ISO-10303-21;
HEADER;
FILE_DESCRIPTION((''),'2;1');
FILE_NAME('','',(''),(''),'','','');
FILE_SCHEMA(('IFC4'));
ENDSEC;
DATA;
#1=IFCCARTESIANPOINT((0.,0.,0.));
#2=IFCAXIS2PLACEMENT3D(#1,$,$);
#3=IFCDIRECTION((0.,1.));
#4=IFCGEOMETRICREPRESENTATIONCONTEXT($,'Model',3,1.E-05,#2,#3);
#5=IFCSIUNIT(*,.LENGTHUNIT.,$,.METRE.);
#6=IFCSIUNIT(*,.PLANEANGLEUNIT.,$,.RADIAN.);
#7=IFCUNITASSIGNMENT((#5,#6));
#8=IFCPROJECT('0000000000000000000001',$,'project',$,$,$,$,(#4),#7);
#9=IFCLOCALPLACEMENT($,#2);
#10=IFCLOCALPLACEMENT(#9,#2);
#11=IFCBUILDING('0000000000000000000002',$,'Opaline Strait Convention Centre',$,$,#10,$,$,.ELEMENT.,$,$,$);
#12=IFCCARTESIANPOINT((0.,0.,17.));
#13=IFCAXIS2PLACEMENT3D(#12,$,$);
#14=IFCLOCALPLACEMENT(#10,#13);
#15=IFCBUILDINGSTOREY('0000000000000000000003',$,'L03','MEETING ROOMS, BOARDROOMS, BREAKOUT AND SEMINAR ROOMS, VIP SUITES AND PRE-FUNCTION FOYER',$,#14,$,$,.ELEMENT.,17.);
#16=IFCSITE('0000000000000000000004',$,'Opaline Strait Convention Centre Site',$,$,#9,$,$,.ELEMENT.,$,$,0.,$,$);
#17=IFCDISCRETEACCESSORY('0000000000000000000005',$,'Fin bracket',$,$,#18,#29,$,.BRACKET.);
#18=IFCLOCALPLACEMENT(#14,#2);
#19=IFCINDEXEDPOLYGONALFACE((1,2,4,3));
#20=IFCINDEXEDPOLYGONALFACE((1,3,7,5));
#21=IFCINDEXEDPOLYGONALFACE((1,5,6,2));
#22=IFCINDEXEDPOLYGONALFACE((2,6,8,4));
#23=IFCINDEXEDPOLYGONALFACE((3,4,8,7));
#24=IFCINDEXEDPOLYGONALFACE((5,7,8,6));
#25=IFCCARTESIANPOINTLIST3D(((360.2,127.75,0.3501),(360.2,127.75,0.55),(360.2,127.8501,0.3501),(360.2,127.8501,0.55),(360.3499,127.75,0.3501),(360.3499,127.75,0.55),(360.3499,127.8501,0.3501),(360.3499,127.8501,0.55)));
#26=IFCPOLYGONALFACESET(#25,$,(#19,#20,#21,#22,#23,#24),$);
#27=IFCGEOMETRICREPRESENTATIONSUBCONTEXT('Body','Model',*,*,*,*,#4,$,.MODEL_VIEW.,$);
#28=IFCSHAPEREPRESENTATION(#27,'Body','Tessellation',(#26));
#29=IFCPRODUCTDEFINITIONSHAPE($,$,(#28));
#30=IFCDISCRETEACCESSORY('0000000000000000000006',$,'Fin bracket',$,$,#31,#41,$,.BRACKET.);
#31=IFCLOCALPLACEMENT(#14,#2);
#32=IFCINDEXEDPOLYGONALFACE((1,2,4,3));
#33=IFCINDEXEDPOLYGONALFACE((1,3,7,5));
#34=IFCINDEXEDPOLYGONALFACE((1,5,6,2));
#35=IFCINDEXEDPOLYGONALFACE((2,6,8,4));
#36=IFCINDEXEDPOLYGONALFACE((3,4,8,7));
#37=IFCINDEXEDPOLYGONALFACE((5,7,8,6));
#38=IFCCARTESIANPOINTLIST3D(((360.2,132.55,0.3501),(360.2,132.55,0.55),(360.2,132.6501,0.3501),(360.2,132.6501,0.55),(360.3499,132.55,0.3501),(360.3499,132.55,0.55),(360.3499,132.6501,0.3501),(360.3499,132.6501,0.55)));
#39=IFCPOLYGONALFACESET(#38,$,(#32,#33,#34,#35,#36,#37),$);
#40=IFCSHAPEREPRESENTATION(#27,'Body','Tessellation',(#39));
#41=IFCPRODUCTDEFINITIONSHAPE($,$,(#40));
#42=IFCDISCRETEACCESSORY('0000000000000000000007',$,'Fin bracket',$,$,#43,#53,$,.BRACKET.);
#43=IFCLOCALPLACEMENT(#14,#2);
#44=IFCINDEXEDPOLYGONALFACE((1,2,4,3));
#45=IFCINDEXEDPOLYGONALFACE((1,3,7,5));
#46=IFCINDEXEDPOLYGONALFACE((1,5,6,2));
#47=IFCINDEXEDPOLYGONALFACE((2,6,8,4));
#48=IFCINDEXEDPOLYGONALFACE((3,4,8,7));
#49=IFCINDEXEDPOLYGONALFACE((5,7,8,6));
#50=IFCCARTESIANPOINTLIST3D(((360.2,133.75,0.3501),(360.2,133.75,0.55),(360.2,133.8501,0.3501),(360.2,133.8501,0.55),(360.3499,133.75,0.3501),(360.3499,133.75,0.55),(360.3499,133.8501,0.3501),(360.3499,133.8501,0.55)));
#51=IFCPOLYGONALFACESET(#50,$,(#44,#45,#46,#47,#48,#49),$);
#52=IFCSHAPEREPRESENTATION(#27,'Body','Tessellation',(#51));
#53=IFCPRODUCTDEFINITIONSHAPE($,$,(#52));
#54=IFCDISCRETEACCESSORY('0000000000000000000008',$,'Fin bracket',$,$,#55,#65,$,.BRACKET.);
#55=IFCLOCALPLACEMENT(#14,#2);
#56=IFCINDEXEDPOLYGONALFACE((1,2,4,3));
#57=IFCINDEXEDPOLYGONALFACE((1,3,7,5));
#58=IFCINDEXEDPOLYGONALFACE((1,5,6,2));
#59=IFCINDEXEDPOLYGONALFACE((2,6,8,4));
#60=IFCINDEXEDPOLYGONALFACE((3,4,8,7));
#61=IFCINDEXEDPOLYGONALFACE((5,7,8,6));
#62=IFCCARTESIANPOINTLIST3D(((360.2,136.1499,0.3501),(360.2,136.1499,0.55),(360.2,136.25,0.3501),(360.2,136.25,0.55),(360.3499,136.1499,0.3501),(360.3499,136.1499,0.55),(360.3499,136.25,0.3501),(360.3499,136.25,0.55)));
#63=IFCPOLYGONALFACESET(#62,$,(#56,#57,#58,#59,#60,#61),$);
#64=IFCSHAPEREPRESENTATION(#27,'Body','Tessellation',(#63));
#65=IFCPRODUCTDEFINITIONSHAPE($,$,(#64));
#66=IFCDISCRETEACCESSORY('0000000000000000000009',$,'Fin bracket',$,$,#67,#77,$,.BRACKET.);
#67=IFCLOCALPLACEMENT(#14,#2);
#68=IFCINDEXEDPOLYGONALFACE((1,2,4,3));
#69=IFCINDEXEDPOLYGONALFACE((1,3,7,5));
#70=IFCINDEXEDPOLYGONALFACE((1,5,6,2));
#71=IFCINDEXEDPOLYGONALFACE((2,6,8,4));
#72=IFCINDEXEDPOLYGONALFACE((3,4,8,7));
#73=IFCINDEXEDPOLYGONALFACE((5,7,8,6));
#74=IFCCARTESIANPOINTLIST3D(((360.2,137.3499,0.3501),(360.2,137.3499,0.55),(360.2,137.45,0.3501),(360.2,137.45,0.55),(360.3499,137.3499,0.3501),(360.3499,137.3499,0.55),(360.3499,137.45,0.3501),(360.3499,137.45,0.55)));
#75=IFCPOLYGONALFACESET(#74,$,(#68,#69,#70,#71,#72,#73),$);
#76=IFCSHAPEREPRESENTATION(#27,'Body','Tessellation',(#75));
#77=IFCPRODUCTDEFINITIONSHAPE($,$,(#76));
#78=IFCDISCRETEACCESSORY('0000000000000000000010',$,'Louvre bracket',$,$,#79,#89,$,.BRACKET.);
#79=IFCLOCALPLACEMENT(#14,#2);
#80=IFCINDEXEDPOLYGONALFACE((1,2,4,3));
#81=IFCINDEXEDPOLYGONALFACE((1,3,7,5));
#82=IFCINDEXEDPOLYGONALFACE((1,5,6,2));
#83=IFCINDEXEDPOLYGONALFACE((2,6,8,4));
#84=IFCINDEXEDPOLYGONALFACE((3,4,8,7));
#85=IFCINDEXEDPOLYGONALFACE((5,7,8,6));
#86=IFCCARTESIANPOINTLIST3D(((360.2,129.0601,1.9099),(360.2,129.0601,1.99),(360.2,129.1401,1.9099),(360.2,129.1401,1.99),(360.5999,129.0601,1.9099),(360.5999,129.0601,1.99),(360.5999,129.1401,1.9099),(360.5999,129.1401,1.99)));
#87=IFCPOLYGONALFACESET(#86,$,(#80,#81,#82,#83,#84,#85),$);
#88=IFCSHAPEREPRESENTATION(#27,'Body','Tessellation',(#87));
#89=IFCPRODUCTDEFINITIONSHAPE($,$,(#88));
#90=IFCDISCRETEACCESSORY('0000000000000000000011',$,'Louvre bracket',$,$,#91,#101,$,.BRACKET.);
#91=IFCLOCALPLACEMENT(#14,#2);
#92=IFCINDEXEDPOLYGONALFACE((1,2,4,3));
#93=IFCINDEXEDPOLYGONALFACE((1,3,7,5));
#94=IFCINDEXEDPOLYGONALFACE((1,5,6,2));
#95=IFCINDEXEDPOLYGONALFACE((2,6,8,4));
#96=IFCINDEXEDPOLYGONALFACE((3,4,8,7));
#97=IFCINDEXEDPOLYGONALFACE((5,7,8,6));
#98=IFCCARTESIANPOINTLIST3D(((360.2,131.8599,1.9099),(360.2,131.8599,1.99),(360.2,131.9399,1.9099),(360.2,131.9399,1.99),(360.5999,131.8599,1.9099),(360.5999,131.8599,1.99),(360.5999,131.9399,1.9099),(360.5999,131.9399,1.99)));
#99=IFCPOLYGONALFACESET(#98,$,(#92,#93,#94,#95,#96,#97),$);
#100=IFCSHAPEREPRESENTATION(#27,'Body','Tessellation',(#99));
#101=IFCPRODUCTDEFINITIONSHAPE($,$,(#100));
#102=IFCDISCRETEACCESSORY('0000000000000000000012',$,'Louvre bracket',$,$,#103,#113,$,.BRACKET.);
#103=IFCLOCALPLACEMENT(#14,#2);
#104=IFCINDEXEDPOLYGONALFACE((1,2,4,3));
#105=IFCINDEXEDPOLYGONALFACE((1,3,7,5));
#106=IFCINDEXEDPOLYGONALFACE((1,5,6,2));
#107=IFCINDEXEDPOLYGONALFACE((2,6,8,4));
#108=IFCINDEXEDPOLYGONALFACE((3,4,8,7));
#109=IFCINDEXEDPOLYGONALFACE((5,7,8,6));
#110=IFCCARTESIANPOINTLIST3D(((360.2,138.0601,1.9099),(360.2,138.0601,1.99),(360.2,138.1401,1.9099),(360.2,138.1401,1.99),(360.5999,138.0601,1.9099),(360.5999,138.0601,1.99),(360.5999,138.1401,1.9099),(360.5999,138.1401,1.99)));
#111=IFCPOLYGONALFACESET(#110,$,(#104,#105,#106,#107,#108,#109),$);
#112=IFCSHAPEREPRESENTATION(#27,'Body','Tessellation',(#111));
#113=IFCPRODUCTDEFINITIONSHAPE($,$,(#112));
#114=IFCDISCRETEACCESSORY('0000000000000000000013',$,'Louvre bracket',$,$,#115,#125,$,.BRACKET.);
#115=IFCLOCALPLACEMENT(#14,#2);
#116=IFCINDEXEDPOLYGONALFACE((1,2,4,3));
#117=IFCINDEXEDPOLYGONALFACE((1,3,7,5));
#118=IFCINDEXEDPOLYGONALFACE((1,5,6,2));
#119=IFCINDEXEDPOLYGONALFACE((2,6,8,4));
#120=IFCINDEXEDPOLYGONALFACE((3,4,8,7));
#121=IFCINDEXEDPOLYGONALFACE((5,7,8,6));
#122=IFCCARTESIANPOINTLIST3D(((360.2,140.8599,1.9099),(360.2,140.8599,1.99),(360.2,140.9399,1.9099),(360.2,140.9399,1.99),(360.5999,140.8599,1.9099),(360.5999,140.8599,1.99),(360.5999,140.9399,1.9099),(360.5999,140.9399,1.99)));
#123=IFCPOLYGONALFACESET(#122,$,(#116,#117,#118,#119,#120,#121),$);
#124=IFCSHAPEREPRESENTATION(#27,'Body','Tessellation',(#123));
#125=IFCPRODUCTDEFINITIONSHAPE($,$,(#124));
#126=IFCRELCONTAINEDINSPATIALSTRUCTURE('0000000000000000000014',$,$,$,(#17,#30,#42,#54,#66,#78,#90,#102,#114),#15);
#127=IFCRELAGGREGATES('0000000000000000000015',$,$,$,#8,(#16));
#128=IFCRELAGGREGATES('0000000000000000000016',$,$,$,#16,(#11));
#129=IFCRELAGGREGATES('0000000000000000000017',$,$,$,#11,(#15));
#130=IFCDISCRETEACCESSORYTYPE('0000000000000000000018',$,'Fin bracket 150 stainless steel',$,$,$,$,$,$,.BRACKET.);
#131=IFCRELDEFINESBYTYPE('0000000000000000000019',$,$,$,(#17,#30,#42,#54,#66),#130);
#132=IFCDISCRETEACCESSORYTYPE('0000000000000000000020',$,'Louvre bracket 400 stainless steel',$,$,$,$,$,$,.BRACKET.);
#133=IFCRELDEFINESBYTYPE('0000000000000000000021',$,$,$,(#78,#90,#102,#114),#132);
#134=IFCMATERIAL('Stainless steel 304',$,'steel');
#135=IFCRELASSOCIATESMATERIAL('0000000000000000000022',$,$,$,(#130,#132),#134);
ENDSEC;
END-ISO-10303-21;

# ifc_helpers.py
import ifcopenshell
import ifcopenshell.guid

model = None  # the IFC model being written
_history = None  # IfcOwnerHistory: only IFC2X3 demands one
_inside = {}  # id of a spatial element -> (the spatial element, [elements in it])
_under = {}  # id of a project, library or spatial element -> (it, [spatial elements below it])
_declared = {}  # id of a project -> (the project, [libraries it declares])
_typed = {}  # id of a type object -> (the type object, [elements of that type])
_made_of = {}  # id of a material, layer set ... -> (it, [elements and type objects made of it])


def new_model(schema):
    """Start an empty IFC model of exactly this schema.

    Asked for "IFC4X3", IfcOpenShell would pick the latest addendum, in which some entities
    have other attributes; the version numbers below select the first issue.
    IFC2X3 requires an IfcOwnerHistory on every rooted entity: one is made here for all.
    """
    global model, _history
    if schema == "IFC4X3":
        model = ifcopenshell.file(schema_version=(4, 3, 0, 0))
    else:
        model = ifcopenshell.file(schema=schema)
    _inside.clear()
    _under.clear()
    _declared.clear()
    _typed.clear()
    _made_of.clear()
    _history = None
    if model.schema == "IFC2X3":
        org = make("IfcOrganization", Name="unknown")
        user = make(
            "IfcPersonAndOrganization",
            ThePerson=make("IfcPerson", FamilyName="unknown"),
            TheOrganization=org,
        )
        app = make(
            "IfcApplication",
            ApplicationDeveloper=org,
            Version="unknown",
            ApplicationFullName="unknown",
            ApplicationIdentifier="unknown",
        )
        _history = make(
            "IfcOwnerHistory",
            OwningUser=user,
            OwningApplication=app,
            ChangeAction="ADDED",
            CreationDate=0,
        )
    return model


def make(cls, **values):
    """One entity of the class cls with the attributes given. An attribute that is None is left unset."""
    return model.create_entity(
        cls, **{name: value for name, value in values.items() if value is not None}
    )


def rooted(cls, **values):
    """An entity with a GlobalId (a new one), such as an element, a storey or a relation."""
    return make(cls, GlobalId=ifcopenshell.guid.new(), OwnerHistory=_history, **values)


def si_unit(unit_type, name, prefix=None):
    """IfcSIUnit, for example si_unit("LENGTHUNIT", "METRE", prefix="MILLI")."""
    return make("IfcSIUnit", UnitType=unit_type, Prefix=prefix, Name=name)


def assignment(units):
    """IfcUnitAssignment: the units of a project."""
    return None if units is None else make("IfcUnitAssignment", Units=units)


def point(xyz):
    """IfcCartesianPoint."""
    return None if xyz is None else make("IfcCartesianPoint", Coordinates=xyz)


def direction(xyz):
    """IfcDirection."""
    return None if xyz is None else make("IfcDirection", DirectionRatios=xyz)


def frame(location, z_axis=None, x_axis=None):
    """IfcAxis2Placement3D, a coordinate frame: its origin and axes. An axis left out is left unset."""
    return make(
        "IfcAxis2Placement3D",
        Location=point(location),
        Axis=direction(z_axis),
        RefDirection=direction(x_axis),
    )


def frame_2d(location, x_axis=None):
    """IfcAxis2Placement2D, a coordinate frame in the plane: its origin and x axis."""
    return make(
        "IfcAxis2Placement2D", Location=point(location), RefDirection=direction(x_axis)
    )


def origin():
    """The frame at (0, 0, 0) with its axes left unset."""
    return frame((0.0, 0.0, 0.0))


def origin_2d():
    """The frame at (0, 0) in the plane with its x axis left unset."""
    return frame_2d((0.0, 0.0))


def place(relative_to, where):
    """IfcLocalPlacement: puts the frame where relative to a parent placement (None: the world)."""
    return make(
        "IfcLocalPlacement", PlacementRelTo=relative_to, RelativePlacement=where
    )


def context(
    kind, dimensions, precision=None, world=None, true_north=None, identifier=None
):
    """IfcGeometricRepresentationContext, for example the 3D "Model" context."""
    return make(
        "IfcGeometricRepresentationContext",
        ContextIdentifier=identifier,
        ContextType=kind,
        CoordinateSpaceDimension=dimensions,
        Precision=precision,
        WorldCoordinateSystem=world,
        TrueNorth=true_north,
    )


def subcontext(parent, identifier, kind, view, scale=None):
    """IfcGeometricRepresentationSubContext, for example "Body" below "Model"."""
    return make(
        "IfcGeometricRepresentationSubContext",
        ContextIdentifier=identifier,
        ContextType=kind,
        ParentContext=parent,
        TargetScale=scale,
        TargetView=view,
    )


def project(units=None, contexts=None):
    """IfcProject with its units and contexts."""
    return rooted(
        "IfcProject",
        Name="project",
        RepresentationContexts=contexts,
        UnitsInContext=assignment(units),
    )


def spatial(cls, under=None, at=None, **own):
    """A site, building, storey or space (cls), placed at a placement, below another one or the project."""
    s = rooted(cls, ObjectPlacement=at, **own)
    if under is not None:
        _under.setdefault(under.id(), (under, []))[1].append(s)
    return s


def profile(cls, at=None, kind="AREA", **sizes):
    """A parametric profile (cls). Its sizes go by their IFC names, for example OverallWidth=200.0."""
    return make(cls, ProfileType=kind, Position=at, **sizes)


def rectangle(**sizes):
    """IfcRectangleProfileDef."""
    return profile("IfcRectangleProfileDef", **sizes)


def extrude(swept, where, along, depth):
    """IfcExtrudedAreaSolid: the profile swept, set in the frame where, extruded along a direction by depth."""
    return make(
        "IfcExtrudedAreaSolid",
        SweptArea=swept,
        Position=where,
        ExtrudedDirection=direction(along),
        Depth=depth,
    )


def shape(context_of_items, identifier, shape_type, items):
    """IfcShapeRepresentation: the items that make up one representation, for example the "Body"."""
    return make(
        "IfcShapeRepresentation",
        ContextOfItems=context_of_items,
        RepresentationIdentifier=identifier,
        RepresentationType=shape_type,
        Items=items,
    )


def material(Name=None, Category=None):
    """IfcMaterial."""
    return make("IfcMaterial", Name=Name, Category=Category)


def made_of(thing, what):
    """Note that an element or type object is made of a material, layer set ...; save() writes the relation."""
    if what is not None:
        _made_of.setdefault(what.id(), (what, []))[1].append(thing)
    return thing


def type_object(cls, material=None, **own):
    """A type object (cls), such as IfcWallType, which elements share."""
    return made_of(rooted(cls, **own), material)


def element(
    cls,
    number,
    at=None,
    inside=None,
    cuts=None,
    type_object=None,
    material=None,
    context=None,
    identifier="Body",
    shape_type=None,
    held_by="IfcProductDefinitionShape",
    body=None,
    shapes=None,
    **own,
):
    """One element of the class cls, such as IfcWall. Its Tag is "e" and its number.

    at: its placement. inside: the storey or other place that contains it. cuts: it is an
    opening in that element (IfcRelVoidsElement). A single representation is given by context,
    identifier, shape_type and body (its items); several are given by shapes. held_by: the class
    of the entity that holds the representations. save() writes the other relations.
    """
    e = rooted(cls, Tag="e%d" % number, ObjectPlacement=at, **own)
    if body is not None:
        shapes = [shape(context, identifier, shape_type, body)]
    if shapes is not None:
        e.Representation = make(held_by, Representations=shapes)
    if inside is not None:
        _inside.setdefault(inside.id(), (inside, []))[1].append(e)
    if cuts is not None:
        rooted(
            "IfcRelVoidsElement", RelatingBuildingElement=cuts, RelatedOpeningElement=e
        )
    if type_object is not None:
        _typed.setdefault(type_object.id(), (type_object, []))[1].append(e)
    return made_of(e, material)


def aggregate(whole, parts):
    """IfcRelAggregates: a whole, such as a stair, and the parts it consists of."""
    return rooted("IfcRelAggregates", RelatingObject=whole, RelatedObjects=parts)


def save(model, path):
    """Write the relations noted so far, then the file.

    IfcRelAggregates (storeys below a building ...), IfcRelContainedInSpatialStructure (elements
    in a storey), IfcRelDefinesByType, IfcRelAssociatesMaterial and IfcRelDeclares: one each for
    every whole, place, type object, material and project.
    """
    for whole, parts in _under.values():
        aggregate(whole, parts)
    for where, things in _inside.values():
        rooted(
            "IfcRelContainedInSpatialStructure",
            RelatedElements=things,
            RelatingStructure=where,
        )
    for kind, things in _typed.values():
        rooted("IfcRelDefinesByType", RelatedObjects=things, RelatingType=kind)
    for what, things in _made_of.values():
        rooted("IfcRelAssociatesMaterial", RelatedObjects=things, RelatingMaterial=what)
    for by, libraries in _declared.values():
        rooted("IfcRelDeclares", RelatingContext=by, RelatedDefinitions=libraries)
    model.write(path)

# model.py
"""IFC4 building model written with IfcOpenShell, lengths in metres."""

from ifc_helpers import new_model, si_unit, direction, frame, origin, origin_2d, place, context, subcontext, project, spatial, rectangle, extrude, material, type_object, element, save


model = new_model("IFC4")

# Units and contexts
model_context = context("Model", 3, precision=1e-05, world=origin(), true_north=direction((0.0, 1.0)))
body_context = subcontext(model_context, "Body", "Model", "MODEL_VIEW")
ifc_project = project(units=[si_unit("LENGTHUNIT", "METRE"), si_unit("PLANEANGLEUNIT", "RADIAN")], contexts=[model_context])

# Site, building, storey
site_placement = place(None, origin())
site = spatial("IfcSite", under=ifc_project, at=site_placement, Name="Opaline Strait Convention Centre Site", CompositionType="ELEMENT", RefElevation=0.0)
building_placement = place(site_placement, origin())
building = spatial("IfcBuilding", under=site, at=building_placement, Name="Opaline Strait Convention Centre", CompositionType="ELEMENT")
storey_placement = place(building_placement, frame((0.0, 0.0, 17.0)))
storey = spatial("IfcBuildingStorey", under=building, at=storey_placement, Name="L03", Description="MEETING ROOMS, BOARDROOMS, BREAKOUT AND SEMINAR ROOMS, VIP SUITES AND PRE-FUNCTION FOYER", CompositionType="ELEMENT", Elevation=17.0)

# Discrete accessories
ifc_material_1 = material(Name="Stainless steel 304", Category="steel")
discrete_accessory_type_1 = type_object("IfcDiscreteAccessoryType", Name="Fin bracket 150 stainless steel", PredefinedType="BRACKET", material=ifc_material_1)
for number, where, z_axis, x_axis, name in (
    (1, (360.2749, 127.8, 0.3501), (0.0, 0.0, 1.0), (1.0, 0.0, 0.0), "Fin bracket"),
    (2, (360.2749, 132.6001, 0.3501), (0.0, 0.0, 1.0), (1.0, 0.0, 0.0), "Fin bracket"),
    (3, (360.2749, 133.8, 0.3501), (0.0, 0.0, 1.0), (1.0, 0.0, 0.0), "Fin bracket"),
    (4, (360.2749, 136.2, 0.3501), (0.0, 0.0, 1.0), (1.0, 0.0, 0.0), "Fin bracket"),
    (5, (360.2749, 137.3999, 0.3501), (0.0, 0.0, 1.0), (1.0, 0.0, 0.0), "Fin bracket"),
):
    element("IfcDiscreteAccessory", number, at=place(storey_placement, frame(where, z_axis=z_axis, x_axis=x_axis)), inside=storey, type_object=discrete_accessory_type_1, Name=name, PredefinedType="BRACKET", context=body_context, shape_type="SweptSolid", body=[
        extrude(rectangle(XDim=0.1499, YDim=0.1001, at=origin_2d()), origin(), (0.0, 0.0, 1.0), 0.2),
    ])
discrete_accessory_type_2 = type_object("IfcDiscreteAccessoryType", Name="Louvre bracket 400 stainless steel", PredefinedType="BRACKET", material=ifc_material_1)
for number, where, z_axis, x_axis, name in (
    (6, (360.3999, 129.1001, 1.9099), (0.0, 0.0, 1.0), (1.0, 0.0, 0.0), "Louvre bracket"),
    (7, (360.3999, 131.8999, 1.9099), (0.0, 0.0, 1.0), (1.0, 0.0, 0.0), "Louvre bracket"),
    (8, (360.3999, 138.1001, 1.9099), (0.0, 0.0, 1.0), (1.0, 0.0, 0.0), "Louvre bracket"),
    (9, (360.3999, 140.8999, 1.9099), (0.0, 0.0, 1.0), (1.0, 0.0, 0.0), "Louvre bracket"),
):
    element("IfcDiscreteAccessory", number, at=place(storey_placement, frame(where, z_axis=z_axis, x_axis=x_axis)), inside=storey, type_object=discrete_accessory_type_2, Name=name, PredefinedType="BRACKET", context=body_context, shape_type="SweptSolid", body=[
        extrude(rectangle(XDim=0.3999, YDim=0.0801, at=origin_2d()), origin(), (0.0, 0.0, 1.0), 0.0801),
    ])

save(model, "model.ifc")
